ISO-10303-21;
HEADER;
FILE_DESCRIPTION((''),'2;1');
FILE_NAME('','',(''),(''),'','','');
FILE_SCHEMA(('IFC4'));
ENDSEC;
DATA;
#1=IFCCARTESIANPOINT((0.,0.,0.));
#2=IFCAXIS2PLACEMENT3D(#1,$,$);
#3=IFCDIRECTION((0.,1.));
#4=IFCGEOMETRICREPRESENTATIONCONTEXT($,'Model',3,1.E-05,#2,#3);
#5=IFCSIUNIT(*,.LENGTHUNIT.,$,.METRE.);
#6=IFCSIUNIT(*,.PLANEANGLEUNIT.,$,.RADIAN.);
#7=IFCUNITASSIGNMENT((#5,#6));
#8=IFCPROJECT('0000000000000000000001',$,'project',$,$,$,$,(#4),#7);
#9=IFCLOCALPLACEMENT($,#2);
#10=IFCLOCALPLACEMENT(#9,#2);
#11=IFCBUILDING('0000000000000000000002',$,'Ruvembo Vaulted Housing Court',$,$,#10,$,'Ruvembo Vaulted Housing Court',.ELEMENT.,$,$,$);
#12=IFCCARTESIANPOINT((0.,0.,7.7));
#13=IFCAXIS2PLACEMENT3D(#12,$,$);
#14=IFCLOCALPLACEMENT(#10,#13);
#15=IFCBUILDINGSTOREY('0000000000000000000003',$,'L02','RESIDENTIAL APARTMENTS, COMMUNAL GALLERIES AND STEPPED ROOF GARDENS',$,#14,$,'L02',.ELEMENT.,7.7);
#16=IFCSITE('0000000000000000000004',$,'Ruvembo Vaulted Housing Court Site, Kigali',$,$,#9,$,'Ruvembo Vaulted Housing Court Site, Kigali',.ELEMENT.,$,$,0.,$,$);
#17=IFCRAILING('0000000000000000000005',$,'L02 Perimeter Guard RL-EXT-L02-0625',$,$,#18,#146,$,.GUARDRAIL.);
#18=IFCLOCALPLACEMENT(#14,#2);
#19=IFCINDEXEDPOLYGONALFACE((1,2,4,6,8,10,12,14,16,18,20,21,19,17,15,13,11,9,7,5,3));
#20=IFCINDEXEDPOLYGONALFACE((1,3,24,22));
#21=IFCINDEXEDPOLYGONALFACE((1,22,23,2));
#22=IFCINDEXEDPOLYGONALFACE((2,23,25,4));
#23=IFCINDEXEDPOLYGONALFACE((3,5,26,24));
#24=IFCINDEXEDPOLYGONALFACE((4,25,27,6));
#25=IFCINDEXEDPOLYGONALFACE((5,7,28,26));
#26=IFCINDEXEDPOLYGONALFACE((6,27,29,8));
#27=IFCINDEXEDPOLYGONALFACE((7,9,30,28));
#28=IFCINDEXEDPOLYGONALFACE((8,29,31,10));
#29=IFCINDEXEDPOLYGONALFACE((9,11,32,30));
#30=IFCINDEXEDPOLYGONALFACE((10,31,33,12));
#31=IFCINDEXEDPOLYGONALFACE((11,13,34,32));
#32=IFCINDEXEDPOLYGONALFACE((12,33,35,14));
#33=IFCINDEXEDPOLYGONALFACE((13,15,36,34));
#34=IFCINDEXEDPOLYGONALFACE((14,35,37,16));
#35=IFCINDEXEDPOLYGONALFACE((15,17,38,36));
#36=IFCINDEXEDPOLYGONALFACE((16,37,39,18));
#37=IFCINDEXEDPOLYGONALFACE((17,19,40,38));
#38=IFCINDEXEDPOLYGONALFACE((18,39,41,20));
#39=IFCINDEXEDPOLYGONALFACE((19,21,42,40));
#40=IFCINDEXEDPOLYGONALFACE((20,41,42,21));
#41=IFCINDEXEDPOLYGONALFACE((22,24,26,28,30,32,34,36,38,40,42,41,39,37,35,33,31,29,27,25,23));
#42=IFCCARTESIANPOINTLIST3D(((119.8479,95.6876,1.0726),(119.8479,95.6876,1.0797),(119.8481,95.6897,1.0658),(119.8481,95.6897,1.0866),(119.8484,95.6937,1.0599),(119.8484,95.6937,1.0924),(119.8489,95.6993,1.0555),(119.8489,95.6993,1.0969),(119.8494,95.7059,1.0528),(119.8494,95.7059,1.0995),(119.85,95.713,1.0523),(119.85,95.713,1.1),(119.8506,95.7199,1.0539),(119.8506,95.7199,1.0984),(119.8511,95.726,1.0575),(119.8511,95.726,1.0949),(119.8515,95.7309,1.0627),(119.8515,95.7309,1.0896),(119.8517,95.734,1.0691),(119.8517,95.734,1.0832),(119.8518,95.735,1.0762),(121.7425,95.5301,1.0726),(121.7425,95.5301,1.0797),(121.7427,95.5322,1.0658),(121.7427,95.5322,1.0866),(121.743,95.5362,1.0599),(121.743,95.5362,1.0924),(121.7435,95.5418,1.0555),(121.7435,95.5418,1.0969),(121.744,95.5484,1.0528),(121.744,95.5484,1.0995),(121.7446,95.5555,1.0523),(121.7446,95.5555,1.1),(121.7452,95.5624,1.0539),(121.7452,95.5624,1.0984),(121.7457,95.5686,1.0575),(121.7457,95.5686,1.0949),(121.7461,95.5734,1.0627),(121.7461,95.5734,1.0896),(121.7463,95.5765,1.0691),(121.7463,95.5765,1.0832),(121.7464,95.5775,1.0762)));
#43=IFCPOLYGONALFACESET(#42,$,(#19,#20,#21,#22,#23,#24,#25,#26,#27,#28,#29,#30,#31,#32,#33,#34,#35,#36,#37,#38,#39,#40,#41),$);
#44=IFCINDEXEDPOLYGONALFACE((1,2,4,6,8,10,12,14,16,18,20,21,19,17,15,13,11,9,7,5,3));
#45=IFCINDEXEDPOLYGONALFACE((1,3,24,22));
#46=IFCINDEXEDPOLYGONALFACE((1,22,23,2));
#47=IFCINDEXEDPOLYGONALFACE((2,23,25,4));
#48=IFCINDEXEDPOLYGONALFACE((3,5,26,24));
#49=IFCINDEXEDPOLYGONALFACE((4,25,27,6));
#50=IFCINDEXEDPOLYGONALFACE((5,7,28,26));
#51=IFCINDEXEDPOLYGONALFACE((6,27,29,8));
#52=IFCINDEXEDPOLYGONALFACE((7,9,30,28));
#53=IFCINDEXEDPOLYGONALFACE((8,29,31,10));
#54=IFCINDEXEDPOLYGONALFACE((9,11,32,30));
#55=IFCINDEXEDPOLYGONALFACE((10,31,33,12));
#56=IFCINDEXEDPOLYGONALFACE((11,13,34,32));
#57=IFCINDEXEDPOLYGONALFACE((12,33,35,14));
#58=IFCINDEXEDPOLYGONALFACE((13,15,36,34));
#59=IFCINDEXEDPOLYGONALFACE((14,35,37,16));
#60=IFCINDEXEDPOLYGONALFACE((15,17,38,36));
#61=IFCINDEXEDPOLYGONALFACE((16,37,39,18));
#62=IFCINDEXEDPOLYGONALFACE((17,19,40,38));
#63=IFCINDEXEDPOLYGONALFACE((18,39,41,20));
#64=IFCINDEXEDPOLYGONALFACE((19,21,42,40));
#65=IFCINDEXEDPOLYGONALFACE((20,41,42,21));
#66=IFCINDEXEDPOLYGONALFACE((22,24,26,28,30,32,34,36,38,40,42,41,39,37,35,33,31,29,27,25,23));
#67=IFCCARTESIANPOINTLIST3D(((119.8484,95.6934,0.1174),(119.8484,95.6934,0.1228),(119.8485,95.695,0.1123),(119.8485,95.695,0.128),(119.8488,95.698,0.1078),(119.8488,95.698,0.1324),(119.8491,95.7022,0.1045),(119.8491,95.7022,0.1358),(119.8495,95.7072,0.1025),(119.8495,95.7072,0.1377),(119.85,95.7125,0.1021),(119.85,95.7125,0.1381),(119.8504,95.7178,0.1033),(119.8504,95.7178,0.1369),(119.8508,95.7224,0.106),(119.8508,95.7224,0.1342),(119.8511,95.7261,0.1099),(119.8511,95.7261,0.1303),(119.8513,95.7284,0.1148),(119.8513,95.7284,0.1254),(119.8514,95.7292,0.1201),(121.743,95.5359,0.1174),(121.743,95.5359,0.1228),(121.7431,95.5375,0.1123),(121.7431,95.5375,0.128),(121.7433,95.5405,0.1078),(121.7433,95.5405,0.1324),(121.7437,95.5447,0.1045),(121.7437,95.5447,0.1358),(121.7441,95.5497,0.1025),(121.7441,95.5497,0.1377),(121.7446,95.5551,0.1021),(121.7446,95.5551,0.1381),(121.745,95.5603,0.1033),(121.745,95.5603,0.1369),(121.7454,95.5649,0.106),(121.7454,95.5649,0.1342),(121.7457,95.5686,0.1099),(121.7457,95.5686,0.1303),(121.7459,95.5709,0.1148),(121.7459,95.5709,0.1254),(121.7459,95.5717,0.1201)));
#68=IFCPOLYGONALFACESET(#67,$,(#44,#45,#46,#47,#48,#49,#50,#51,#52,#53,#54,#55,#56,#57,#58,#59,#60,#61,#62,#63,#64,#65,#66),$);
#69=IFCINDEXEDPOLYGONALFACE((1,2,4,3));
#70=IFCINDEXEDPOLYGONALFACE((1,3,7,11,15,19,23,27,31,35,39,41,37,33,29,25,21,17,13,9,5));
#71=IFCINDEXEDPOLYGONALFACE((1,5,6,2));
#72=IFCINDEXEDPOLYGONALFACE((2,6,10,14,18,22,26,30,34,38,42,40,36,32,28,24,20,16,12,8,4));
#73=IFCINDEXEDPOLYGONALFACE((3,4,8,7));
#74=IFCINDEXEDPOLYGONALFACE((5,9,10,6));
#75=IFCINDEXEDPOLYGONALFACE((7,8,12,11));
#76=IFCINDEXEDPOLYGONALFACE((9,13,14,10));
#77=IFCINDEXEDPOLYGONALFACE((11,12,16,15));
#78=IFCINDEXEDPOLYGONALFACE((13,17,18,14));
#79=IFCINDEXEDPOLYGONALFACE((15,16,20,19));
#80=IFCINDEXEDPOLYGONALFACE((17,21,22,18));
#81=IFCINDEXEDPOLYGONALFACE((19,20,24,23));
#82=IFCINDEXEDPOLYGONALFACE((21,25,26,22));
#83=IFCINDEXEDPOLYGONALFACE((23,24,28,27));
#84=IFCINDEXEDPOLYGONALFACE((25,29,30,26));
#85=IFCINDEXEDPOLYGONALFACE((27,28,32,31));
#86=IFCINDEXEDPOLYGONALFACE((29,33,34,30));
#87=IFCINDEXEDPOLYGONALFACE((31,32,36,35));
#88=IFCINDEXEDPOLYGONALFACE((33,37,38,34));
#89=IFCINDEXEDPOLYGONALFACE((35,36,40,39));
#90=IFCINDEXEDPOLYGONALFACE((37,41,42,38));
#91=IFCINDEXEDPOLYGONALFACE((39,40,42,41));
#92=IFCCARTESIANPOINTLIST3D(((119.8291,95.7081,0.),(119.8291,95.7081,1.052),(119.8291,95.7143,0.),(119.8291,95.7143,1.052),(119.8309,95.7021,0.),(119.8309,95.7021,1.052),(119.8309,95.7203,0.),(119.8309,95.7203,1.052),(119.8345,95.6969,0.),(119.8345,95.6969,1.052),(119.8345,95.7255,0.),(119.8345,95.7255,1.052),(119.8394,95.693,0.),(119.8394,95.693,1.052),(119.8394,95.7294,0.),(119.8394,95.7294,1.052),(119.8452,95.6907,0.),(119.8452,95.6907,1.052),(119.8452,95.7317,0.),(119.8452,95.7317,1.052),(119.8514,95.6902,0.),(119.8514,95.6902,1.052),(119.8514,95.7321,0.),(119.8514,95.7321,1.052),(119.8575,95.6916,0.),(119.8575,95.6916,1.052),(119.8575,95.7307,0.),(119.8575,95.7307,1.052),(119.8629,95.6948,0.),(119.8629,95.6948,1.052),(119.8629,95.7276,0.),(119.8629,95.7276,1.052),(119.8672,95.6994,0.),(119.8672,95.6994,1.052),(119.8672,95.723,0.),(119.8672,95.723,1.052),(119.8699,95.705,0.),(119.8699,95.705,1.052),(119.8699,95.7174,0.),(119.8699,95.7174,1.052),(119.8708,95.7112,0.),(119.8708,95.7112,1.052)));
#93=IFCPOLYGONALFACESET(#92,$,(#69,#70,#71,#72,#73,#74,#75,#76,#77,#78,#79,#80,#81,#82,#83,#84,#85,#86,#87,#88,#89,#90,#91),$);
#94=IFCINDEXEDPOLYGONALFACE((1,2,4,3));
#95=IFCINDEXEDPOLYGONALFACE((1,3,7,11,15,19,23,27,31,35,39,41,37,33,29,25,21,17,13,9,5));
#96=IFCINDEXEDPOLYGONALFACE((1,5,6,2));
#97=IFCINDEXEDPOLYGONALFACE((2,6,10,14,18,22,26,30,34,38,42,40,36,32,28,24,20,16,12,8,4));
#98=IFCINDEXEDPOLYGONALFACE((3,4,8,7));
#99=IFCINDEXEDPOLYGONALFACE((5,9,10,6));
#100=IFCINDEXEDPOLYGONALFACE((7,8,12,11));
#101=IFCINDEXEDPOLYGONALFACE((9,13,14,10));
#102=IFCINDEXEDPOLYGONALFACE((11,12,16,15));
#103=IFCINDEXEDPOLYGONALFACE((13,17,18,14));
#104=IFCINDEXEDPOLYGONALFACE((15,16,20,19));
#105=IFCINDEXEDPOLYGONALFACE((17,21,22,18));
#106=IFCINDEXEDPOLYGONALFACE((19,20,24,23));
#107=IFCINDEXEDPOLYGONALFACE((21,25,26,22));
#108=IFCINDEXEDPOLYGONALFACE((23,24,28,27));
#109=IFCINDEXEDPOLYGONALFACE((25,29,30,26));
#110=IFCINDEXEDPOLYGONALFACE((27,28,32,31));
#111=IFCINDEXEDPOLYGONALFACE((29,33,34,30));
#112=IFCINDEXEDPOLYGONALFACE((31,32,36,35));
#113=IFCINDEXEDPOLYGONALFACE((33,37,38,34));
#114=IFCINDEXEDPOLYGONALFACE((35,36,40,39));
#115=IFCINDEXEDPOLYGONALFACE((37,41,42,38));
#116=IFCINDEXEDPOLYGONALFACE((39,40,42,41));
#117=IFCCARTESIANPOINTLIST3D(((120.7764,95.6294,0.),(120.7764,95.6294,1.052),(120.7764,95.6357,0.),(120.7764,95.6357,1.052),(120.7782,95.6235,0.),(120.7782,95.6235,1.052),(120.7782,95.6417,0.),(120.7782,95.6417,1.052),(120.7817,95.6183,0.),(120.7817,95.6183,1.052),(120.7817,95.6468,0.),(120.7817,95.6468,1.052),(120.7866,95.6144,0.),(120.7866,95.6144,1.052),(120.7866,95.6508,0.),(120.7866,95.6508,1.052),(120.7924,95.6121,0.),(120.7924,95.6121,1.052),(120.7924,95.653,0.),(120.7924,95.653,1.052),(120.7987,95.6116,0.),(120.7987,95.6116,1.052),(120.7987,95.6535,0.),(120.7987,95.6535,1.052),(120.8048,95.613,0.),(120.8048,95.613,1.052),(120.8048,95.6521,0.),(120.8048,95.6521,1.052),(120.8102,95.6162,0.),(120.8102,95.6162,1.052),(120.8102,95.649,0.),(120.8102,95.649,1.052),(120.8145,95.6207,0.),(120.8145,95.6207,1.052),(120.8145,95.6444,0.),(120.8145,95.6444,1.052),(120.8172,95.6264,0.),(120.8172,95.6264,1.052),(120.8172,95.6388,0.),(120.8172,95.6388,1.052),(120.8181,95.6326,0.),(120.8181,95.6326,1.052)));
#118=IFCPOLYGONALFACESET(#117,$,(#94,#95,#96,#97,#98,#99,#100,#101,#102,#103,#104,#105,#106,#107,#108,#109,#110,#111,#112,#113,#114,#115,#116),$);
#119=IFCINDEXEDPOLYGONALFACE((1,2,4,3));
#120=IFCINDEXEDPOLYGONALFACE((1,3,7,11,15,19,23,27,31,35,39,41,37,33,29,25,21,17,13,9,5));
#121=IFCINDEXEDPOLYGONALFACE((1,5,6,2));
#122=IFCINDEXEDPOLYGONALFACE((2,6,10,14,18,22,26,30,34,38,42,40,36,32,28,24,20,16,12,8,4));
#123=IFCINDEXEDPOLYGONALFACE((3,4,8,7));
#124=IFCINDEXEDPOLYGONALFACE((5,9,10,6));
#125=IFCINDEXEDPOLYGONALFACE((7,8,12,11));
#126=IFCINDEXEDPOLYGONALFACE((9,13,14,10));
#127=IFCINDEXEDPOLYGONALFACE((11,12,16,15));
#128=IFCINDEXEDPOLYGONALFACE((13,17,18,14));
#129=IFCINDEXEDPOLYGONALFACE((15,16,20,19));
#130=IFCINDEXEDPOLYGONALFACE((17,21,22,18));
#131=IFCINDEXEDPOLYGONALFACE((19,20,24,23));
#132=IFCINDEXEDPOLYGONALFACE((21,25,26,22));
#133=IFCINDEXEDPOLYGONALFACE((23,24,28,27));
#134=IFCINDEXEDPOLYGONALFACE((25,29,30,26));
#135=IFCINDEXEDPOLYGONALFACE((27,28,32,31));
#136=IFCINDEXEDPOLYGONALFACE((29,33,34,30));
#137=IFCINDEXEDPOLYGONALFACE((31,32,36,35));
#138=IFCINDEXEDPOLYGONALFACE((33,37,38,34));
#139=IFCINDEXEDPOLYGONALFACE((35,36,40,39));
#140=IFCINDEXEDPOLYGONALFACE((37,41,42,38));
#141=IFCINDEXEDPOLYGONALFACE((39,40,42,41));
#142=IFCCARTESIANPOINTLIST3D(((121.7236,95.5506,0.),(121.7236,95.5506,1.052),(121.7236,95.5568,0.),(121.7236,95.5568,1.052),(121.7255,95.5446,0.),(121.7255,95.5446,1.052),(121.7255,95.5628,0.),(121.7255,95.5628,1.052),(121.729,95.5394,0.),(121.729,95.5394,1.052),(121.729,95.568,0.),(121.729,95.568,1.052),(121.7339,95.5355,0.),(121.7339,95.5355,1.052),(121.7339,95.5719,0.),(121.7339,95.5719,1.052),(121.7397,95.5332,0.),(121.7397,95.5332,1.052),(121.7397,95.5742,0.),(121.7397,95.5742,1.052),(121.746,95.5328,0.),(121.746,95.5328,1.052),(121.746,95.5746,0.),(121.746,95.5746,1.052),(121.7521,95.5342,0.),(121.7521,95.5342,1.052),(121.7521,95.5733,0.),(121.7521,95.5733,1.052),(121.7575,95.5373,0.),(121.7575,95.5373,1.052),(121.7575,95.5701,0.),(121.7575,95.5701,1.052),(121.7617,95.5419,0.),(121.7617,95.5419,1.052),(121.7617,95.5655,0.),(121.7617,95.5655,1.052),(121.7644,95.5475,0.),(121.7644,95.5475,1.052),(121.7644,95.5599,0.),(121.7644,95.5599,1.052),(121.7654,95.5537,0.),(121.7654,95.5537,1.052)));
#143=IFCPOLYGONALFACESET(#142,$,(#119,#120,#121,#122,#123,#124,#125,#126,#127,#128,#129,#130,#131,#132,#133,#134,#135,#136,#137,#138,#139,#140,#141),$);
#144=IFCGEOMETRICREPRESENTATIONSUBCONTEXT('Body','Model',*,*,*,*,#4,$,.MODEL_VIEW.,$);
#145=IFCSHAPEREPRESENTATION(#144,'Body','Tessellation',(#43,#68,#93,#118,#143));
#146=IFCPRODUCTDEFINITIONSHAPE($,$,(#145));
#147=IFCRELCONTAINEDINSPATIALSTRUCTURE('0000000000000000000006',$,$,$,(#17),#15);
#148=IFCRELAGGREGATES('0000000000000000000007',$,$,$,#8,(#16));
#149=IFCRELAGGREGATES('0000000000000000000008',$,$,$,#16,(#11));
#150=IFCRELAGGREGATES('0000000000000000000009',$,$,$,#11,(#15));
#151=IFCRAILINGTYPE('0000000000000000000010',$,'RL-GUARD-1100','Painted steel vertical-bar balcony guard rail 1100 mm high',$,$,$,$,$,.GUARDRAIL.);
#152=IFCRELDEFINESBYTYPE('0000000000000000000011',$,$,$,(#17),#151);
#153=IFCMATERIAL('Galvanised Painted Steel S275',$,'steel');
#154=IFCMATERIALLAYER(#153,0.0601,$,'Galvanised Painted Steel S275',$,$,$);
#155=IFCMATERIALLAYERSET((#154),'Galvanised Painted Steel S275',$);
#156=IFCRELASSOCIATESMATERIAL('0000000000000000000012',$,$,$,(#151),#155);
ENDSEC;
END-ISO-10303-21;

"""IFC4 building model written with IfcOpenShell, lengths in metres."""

from ifc_helpers import new_model, si_unit, direction, frame, origin, origin_2d, place, context, subcontext, project, spatial, circle, extrude, material, layer, layer_set, type_object, element, save


model = new_model("IFC4")

# Units and contexts
model_context = context("Model", 3, precision=1e-05, world=origin(), true_north=direction((0.0, 1.0)))
body_context = subcontext(model_context, "Body", "Model", "MODEL_VIEW")
ifc_project = project(units=[si_unit("LENGTHUNIT", "METRE"), si_unit("PLANEANGLEUNIT", "RADIAN")], contexts=[model_context])

# Site, building, storey
site_placement = place(None, origin())
site = spatial("IfcSite", under=ifc_project, at=site_placement, Name="Ruvembo Vaulted Housing Court Site, Kigali", LongName="Ruvembo Vaulted Housing Court Site, Kigali", CompositionType="ELEMENT", RefElevation=0.0)
building_placement = place(site_placement, origin())
building = spatial("IfcBuilding", under=site, at=building_placement, Name="Ruvembo Vaulted Housing Court", LongName="Ruvembo Vaulted Housing Court", CompositionType="ELEMENT")
storey_placement = place(building_placement, frame((0.0, 0.0, 7.7)))
storey = spatial("IfcBuildingStorey", under=building, at=storey_placement, Name="L02", Description="RESIDENTIAL APARTMENTS, COMMUNAL GALLERIES AND STEPPED ROOF GARDENS", LongName="L02", CompositionType="ELEMENT", Elevation=7.7)

# Railing
ifc_material_1 = material(Name="Galvanised Painted Steel S275", Category="steel")
ifc_layer = layer(ifc_material_1, 0.0601, Name="Galvanised Painted Steel S275")
ifc_layer_set = layer_set([ifc_layer], Name="Galvanised Painted Steel S275")
railing_type = type_object("IfcRailingType", Name="RL-GUARD-1100", Description="Painted steel vertical-bar balcony guard rail 1100 mm high", PredefinedType="GUARDRAIL", material=ifc_layer_set)
railing_1_placement = place(storey_placement, frame((119.8499, 95.7112, 0.0)))
element("IfcRailing", 1, at=railing_1_placement, inside=storey, type_object=railing_type, Name="L02 Perimeter Guard RL-EXT-L02-0625", PredefinedType="GUARDRAIL", context=body_context, shape_type="SweptSolid", body=[
    extrude(circle(Radius=0.0239, at=origin_2d()), frame((0.0, 0.0, 1.0762), z_axis=(0.996563, -0.082833, 0.0), x_axis=(0.082833, 0.996563, 0.0)), (0.0, 0.0, 1.0), 1.9011),
    extrude(circle(Radius=0.0181, at=origin_2d()), frame((0.0, 0.0, 0.1201), z_axis=(0.996563, -0.082833, 0.0), x_axis=(0.082833, 0.996563, 0.0)), (0.0, 0.0, 1.0), 1.9011),
    extrude(circle(Radius=0.021, at=origin_2d()), origin(), (0.0, 0.0, 1.0), 1.052),
    extrude(circle(Radius=0.021, at=origin_2d()), frame((0.9473, -0.0786, 0.0)), (0.0, 0.0, 1.0), 1.052),
    extrude(circle(Radius=0.021, at=origin_2d()), frame((1.8945, -0.1575, 0.0)), (0.0, 0.0, 1.0), 1.052),
])

save(model, "model.ifc")
